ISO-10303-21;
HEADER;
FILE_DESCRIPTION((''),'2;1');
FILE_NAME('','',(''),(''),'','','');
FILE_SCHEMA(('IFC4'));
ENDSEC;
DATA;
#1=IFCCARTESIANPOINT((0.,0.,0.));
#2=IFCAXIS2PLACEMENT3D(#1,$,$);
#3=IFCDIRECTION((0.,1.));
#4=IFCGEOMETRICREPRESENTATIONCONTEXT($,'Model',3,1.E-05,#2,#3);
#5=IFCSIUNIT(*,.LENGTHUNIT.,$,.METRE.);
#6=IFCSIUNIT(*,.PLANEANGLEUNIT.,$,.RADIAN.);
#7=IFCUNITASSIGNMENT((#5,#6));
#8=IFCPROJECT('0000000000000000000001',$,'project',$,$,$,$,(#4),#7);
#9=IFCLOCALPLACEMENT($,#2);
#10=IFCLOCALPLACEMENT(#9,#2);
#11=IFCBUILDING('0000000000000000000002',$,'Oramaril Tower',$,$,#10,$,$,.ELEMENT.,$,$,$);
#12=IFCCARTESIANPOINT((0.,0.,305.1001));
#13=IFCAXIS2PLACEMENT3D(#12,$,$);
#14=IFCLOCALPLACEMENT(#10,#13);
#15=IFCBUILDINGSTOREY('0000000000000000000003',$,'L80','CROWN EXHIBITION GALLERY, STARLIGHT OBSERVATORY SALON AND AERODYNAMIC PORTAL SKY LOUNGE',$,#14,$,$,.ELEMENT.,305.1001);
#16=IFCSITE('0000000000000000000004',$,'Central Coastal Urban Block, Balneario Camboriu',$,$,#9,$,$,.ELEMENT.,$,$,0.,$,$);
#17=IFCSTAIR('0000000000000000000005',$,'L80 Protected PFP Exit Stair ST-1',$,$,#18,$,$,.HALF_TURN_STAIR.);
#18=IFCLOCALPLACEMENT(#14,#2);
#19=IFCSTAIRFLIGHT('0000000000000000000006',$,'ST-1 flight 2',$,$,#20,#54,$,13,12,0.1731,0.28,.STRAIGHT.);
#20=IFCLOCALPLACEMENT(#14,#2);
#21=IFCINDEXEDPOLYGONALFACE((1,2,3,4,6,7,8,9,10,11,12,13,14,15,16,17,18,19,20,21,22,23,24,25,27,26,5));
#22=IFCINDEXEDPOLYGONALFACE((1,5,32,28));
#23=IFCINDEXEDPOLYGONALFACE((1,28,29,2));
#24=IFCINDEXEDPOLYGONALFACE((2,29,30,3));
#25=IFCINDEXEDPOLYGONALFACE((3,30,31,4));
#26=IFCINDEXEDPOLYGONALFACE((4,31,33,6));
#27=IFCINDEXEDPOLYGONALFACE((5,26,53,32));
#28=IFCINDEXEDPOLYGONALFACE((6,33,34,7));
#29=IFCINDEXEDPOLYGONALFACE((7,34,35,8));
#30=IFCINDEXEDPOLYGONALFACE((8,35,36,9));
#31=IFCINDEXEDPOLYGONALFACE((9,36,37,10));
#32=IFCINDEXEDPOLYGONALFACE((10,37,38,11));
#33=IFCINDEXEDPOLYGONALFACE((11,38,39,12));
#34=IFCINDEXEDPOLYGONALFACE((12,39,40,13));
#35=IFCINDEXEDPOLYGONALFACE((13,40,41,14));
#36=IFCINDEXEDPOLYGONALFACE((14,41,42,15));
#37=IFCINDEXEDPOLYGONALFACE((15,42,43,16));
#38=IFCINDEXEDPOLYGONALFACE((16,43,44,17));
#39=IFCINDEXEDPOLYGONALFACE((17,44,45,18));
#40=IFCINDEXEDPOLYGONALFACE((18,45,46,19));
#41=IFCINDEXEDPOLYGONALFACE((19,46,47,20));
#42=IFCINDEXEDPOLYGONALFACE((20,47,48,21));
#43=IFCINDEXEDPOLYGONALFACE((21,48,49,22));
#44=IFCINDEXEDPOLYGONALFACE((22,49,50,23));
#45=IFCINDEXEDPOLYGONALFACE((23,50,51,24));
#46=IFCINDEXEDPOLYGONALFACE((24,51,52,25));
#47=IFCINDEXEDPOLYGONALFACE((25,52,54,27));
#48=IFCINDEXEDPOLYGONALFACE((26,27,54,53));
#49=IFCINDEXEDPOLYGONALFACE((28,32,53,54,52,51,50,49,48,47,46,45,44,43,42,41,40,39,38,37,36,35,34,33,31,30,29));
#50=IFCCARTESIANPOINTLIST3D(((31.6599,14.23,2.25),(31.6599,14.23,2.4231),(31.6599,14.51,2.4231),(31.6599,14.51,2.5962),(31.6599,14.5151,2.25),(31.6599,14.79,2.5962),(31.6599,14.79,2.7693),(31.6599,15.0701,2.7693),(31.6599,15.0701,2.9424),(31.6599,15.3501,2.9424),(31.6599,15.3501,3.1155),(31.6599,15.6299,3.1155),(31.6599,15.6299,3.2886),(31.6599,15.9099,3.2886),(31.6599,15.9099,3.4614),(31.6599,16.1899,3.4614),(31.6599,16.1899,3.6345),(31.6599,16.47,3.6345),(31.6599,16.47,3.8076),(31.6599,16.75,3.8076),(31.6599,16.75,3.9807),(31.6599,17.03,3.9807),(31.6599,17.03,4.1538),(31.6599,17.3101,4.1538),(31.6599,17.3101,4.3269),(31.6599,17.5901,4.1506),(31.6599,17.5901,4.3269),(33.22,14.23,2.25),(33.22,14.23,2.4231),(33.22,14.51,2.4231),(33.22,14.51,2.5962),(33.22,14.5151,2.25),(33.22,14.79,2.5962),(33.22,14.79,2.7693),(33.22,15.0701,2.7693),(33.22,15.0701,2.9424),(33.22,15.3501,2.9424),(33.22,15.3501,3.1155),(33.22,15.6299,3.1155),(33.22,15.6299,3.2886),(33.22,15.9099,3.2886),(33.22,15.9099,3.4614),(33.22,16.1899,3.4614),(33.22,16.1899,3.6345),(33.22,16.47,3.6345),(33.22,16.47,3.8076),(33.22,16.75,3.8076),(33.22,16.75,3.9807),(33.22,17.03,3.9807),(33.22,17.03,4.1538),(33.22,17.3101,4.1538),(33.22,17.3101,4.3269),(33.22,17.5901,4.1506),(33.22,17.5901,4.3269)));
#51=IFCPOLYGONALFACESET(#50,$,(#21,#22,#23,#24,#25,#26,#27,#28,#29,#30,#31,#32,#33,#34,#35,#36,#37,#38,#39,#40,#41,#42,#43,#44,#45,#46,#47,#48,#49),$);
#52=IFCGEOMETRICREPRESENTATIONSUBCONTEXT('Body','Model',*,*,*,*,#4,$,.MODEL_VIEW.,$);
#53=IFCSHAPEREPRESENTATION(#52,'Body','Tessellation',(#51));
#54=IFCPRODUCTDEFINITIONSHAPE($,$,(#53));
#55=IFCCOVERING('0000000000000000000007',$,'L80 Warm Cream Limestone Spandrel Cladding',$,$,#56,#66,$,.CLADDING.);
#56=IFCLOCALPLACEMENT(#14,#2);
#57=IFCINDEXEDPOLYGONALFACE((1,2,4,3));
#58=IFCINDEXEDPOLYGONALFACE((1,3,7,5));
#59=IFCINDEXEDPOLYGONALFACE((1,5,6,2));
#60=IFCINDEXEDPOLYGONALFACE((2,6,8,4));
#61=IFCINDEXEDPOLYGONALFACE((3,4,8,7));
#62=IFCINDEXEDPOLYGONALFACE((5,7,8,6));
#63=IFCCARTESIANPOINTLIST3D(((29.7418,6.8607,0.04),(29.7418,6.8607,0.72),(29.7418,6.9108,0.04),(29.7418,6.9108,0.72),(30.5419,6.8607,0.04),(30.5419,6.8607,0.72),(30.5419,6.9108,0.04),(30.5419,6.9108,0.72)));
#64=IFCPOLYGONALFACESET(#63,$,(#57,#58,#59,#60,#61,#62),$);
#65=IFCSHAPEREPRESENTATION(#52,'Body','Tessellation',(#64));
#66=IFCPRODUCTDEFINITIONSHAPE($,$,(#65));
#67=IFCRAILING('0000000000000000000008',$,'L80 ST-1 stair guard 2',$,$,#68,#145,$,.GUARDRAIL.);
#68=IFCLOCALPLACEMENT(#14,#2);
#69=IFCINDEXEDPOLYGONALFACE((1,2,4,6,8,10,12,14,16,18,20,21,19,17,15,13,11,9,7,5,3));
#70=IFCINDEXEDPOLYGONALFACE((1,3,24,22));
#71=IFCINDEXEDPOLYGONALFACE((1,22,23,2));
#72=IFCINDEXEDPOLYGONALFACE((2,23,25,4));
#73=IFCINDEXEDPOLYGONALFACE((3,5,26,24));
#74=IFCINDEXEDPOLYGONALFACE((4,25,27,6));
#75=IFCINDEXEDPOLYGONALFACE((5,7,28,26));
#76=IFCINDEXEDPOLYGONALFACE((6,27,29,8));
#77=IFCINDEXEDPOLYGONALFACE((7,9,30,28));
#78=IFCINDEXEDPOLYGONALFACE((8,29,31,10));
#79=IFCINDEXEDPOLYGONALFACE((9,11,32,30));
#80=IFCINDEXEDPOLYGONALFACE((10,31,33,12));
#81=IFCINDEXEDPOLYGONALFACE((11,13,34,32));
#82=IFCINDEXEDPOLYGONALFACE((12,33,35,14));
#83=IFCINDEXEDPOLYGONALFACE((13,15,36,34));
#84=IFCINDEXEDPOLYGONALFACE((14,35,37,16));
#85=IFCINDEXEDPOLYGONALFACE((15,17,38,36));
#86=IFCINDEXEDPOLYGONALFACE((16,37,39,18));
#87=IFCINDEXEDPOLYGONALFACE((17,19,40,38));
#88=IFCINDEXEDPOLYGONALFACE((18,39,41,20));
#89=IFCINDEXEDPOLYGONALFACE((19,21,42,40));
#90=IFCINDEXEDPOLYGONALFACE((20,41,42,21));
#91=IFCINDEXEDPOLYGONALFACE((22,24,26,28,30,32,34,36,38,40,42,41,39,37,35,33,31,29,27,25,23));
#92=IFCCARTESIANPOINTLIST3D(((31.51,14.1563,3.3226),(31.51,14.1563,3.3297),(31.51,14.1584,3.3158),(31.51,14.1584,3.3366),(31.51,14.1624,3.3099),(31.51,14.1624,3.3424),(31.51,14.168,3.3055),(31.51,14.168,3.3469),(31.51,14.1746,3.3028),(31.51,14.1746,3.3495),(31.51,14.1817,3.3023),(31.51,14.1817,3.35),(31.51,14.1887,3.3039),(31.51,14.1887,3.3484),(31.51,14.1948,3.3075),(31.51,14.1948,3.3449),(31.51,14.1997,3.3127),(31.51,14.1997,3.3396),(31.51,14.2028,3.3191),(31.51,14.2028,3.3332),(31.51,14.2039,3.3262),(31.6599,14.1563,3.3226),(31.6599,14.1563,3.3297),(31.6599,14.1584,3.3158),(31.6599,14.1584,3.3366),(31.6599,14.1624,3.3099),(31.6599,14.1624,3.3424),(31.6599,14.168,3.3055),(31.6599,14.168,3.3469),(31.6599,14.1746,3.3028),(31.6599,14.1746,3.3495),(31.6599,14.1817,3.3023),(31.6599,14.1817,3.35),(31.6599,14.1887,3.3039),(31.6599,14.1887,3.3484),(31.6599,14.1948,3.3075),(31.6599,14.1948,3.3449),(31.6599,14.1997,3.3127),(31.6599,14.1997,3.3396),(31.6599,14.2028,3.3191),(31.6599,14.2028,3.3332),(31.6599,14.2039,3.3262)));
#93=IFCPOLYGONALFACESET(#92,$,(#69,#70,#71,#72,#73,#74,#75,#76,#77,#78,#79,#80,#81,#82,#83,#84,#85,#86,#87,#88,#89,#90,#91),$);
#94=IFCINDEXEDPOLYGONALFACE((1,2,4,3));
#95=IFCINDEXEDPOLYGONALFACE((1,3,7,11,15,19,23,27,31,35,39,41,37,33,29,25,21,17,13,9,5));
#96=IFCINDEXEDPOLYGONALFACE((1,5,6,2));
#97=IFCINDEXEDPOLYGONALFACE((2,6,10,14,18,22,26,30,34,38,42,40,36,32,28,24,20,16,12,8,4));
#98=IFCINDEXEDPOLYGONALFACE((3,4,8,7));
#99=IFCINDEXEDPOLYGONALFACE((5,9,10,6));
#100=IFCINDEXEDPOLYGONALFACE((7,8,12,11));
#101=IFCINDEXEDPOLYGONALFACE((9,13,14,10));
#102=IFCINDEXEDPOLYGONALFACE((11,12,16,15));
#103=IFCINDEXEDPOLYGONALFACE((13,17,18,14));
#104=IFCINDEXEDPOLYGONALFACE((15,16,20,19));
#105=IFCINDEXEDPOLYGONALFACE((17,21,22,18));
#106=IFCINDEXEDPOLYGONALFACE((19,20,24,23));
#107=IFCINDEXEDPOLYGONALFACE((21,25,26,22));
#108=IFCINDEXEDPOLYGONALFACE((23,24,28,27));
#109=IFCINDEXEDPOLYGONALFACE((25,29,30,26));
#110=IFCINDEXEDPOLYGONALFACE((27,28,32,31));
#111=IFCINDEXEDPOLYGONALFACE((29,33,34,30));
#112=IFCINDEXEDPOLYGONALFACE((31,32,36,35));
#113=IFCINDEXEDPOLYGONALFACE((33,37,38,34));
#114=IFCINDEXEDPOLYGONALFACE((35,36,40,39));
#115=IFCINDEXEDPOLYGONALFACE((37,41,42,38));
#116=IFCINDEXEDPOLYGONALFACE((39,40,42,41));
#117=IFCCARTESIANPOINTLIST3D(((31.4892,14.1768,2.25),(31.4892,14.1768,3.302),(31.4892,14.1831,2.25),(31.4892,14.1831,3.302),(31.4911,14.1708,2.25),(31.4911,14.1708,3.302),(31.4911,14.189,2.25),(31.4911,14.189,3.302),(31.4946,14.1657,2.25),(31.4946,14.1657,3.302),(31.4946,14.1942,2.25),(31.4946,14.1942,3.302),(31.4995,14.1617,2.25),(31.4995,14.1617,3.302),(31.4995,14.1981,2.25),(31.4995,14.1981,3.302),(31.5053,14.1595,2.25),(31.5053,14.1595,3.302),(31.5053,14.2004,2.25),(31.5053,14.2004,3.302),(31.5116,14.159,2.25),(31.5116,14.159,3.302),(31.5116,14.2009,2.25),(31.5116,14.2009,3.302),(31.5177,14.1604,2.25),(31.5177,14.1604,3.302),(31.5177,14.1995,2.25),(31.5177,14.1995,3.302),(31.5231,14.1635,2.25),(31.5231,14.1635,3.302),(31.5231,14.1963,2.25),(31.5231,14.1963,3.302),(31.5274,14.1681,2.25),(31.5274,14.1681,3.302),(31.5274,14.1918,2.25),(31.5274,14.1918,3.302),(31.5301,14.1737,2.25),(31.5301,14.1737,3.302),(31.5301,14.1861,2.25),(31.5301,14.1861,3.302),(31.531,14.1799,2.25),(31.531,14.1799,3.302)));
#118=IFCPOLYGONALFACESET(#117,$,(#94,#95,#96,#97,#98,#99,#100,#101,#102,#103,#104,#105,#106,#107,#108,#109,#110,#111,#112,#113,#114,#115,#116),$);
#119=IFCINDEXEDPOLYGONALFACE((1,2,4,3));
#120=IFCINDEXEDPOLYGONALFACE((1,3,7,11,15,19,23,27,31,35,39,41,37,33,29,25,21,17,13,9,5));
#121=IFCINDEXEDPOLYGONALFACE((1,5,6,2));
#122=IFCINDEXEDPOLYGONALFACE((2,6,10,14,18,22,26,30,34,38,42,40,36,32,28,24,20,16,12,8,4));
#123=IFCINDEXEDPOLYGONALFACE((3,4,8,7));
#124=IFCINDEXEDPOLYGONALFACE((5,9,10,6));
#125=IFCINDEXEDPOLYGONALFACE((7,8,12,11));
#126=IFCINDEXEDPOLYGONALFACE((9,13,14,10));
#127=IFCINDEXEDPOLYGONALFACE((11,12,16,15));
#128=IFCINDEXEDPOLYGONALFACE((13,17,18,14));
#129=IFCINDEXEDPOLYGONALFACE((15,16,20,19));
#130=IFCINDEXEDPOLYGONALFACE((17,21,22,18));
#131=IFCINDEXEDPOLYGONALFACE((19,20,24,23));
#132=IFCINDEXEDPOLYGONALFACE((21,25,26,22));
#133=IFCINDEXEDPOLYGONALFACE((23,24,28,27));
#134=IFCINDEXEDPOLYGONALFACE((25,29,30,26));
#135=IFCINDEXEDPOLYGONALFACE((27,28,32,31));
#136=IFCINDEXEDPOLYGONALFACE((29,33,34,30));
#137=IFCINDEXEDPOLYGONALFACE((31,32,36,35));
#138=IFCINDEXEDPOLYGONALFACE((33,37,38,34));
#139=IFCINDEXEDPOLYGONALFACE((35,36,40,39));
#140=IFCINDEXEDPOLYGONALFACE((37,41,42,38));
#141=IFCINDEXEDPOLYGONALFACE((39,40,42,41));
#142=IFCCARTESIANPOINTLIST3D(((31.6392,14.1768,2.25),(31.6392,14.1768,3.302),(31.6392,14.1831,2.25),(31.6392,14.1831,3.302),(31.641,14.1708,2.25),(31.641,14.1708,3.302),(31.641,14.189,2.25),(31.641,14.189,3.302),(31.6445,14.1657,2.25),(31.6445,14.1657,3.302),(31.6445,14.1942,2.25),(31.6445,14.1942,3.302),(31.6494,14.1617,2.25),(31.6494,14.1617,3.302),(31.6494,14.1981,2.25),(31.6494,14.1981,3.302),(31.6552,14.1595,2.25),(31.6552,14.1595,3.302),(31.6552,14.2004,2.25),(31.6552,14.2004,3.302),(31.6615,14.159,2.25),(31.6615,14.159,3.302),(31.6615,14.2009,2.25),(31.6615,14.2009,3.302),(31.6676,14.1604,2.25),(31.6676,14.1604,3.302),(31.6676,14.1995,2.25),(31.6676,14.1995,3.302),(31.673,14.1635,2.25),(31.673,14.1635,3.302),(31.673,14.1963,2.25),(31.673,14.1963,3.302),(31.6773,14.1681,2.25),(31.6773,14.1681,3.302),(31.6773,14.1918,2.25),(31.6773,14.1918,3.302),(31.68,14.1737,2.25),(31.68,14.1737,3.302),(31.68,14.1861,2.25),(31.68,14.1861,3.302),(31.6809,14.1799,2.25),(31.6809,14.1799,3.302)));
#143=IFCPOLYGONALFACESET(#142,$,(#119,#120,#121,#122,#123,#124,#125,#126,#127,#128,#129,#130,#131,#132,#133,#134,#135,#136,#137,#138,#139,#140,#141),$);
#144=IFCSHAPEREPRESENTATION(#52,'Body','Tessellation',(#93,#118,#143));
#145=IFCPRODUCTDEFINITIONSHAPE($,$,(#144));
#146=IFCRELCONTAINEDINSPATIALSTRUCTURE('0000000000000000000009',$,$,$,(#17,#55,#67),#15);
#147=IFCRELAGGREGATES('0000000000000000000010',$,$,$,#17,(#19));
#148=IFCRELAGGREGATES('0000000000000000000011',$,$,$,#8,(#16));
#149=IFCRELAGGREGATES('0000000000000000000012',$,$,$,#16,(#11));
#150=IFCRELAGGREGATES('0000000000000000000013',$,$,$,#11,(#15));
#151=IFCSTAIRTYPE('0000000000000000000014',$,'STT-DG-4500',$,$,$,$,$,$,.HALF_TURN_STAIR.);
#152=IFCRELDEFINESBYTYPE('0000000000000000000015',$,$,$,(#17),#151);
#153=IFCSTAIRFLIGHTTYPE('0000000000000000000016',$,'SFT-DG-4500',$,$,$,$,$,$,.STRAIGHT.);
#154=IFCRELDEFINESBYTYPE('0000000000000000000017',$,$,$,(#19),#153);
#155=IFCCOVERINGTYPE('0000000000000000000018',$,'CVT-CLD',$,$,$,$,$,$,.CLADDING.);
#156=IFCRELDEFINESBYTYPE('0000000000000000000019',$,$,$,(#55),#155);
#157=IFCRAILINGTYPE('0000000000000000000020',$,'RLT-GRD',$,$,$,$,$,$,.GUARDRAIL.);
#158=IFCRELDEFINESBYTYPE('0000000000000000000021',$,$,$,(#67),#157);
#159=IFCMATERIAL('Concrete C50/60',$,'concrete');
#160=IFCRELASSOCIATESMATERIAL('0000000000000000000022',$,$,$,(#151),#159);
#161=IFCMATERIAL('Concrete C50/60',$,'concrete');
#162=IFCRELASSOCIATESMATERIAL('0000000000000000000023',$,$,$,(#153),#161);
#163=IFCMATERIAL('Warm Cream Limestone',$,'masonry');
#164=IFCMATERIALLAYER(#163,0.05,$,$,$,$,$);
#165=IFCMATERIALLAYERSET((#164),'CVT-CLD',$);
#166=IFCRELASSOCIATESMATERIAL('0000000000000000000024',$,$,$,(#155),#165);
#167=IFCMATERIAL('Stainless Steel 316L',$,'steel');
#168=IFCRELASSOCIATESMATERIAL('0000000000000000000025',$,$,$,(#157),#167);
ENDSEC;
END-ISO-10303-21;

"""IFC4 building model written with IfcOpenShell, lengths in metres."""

from ifc_helpers import new_model, si_unit, direction, frame, origin, origin_2d, place, context, subcontext, project, spatial, polyline, rectangle, circle, outline, extrude, material, layer, layer_set, type_object, element, aggregate, save


model = new_model("IFC4")

# Units and contexts
model_context = context("Model", 3, precision=1e-05, world=origin(), true_north=direction((0.0, 1.0)))
body_context = subcontext(model_context, "Body", "Model", "MODEL_VIEW")
ifc_project = project(units=[si_unit("LENGTHUNIT", "METRE"), si_unit("PLANEANGLEUNIT", "RADIAN")], contexts=[model_context])

# Site, building, storey
site_placement = place(None, origin())
site = spatial("IfcSite", under=ifc_project, at=site_placement, Name="Central Coastal Urban Block, Balneario Camboriu", CompositionType="ELEMENT", RefElevation=0.0)
building_placement = place(site_placement, origin())
building = spatial("IfcBuilding", under=site, at=building_placement, Name="Oramaril Tower", CompositionType="ELEMENT")
storey_placement = place(building_placement, frame((0.0, 0.0, 305.1001)))
storey = spatial("IfcBuildingStorey", under=building, at=storey_placement, Name="L80", Description="CROWN EXHIBITION GALLERY, STARLIGHT OBSERVATORY SALON AND AERODYNAMIC PORTAL SKY LOUNGE", CompositionType="ELEMENT", Elevation=305.1001)

# Stair, stair flight
ifc_material_1 = material(Name="Concrete C50/60", Category="concrete")
stair_type = type_object("IfcStairType", Name="STT-DG-4500", PredefinedType="HALF_TURN_STAIR", material=ifc_material_1)
stair_placement = place(storey_placement, origin())
stair = element("IfcStair", 1, at=stair_placement, inside=storey, type_object=stair_type, Name="L80 Protected PFP Exit Stair ST-1", PredefinedType="HALF_TURN_STAIR")
ifc_material_2 = material(Name="Concrete C50/60", Category="concrete")
stair_flight_type = type_object("IfcStairFlightType", Name="SFT-DG-4500", PredefinedType="STRAIGHT", material=ifc_material_2)
stair_flight_placement = place(storey_placement, frame((32.4399, 14.23, 2.25), z_axis=(0.0, 0.0, 1.0), x_axis=(0.0, 1.0, 0.0)))
stair_flight = element("IfcStairFlight", 2, at=stair_flight_placement, type_object=stair_flight_type, Name="ST-1 flight 2", NumberOfRisers=13, NumberOfTreads=12, PredefinedType="STRAIGHT", RiserHeight=0.1731, TreadLength=0.28, context=body_context, shape_type="SweptSolid", body=[
    extrude(outline(polyline([(0.0, 0.0), (0.0, 0.1731), (0.28, 0.1731), (0.28, 0.3462), (0.5601, 0.3462), (0.5601, 0.5193), (0.8401, 0.5193), (0.8401, 0.6924), (1.1201, 0.6924), (1.1201, 0.8655), (1.3999, 0.8655), (1.3999, 1.0386), (1.6799, 1.0386), (1.6799, 1.2114), (1.96, 1.2114), (1.96, 1.3845), (2.24, 1.3845), (2.24, 1.5576), (2.52, 1.5576), (2.52, 1.7307), (2.8, 1.7307), (2.8, 1.9038), (3.0801, 1.9038), (3.0801, 2.0769), (3.3601, 2.0769), (3.3601, 2.25), (3.3601, 1.9006), (0.2852, 0.0), (0.0, 0.0)])), frame((0.0, 0.78, 0.0), z_axis=(0.0, -1.0, 0.0), x_axis=(1.0, 0.0, 0.0)), (0.0, 0.0, 1.0), 1.5601),
])
aggregate(stair, [stair_flight])

# Covering
ifc_material_3 = material(Name="Warm Cream Limestone", Category="masonry")
ifc_layer_1 = layer(ifc_material_3, 0.05)
ifc_layer_set_1 = layer_set([ifc_layer_1], Name="CVT-CLD")
covering_type = type_object("IfcCoveringType", Name="CVT-CLD", PredefinedType="CLADDING", material=ifc_layer_set_1)
covering_placement = place(storey_placement, frame((30.1418, 6.8857, 0.04), z_axis=(0.0, 0.0, 1.0), x_axis=(1.0, 0.0, 0.0)))
element("IfcCovering", 3, at=covering_placement, inside=storey, type_object=covering_type, Name="L80 Warm Cream Limestone Spandrel Cladding", PredefinedType="CLADDING", context=body_context, shape_type="SweptSolid", body=[
    extrude(rectangle(XDim=0.8, YDim=0.05, at=origin_2d()), origin(), (0.0, 0.0, 1.0), 0.6799),
])

# Railing
ifc_material_4 = material(Name="Stainless Steel 316L", Category="steel")
railing_type_1 = type_object("IfcRailingType", Name="RLT-GRD", PredefinedType="GUARDRAIL", material=ifc_material_4)
railing_1_placement = place(storey_placement, frame((31.51, 14.1799, 2.25)))
element("IfcRailing", 4, at=railing_1_placement, inside=storey, type_object=railing_type_1, Name="L80 ST-1 stair guard 2", PredefinedType="GUARDRAIL", context=body_context, shape_type="SweptSolid", body=[
    extrude(circle(Radius=0.0239, at=origin_2d()), frame((0.0, 0.0, 1.0762), z_axis=(1.0, 0.0, 0.0), x_axis=(0.0, 1.0, 0.0)), (0.0, 0.0, 1.0), 0.1499),
    extrude(circle(Radius=0.021, at=origin_2d()), origin(), (0.0, 0.0, 1.0), 1.052),
    extrude(circle(Radius=0.021, at=origin_2d()), frame((0.1499, 0.0, 0.0)), (0.0, 0.0, 1.0), 1.052),
])

save(model, "model.ifc")
